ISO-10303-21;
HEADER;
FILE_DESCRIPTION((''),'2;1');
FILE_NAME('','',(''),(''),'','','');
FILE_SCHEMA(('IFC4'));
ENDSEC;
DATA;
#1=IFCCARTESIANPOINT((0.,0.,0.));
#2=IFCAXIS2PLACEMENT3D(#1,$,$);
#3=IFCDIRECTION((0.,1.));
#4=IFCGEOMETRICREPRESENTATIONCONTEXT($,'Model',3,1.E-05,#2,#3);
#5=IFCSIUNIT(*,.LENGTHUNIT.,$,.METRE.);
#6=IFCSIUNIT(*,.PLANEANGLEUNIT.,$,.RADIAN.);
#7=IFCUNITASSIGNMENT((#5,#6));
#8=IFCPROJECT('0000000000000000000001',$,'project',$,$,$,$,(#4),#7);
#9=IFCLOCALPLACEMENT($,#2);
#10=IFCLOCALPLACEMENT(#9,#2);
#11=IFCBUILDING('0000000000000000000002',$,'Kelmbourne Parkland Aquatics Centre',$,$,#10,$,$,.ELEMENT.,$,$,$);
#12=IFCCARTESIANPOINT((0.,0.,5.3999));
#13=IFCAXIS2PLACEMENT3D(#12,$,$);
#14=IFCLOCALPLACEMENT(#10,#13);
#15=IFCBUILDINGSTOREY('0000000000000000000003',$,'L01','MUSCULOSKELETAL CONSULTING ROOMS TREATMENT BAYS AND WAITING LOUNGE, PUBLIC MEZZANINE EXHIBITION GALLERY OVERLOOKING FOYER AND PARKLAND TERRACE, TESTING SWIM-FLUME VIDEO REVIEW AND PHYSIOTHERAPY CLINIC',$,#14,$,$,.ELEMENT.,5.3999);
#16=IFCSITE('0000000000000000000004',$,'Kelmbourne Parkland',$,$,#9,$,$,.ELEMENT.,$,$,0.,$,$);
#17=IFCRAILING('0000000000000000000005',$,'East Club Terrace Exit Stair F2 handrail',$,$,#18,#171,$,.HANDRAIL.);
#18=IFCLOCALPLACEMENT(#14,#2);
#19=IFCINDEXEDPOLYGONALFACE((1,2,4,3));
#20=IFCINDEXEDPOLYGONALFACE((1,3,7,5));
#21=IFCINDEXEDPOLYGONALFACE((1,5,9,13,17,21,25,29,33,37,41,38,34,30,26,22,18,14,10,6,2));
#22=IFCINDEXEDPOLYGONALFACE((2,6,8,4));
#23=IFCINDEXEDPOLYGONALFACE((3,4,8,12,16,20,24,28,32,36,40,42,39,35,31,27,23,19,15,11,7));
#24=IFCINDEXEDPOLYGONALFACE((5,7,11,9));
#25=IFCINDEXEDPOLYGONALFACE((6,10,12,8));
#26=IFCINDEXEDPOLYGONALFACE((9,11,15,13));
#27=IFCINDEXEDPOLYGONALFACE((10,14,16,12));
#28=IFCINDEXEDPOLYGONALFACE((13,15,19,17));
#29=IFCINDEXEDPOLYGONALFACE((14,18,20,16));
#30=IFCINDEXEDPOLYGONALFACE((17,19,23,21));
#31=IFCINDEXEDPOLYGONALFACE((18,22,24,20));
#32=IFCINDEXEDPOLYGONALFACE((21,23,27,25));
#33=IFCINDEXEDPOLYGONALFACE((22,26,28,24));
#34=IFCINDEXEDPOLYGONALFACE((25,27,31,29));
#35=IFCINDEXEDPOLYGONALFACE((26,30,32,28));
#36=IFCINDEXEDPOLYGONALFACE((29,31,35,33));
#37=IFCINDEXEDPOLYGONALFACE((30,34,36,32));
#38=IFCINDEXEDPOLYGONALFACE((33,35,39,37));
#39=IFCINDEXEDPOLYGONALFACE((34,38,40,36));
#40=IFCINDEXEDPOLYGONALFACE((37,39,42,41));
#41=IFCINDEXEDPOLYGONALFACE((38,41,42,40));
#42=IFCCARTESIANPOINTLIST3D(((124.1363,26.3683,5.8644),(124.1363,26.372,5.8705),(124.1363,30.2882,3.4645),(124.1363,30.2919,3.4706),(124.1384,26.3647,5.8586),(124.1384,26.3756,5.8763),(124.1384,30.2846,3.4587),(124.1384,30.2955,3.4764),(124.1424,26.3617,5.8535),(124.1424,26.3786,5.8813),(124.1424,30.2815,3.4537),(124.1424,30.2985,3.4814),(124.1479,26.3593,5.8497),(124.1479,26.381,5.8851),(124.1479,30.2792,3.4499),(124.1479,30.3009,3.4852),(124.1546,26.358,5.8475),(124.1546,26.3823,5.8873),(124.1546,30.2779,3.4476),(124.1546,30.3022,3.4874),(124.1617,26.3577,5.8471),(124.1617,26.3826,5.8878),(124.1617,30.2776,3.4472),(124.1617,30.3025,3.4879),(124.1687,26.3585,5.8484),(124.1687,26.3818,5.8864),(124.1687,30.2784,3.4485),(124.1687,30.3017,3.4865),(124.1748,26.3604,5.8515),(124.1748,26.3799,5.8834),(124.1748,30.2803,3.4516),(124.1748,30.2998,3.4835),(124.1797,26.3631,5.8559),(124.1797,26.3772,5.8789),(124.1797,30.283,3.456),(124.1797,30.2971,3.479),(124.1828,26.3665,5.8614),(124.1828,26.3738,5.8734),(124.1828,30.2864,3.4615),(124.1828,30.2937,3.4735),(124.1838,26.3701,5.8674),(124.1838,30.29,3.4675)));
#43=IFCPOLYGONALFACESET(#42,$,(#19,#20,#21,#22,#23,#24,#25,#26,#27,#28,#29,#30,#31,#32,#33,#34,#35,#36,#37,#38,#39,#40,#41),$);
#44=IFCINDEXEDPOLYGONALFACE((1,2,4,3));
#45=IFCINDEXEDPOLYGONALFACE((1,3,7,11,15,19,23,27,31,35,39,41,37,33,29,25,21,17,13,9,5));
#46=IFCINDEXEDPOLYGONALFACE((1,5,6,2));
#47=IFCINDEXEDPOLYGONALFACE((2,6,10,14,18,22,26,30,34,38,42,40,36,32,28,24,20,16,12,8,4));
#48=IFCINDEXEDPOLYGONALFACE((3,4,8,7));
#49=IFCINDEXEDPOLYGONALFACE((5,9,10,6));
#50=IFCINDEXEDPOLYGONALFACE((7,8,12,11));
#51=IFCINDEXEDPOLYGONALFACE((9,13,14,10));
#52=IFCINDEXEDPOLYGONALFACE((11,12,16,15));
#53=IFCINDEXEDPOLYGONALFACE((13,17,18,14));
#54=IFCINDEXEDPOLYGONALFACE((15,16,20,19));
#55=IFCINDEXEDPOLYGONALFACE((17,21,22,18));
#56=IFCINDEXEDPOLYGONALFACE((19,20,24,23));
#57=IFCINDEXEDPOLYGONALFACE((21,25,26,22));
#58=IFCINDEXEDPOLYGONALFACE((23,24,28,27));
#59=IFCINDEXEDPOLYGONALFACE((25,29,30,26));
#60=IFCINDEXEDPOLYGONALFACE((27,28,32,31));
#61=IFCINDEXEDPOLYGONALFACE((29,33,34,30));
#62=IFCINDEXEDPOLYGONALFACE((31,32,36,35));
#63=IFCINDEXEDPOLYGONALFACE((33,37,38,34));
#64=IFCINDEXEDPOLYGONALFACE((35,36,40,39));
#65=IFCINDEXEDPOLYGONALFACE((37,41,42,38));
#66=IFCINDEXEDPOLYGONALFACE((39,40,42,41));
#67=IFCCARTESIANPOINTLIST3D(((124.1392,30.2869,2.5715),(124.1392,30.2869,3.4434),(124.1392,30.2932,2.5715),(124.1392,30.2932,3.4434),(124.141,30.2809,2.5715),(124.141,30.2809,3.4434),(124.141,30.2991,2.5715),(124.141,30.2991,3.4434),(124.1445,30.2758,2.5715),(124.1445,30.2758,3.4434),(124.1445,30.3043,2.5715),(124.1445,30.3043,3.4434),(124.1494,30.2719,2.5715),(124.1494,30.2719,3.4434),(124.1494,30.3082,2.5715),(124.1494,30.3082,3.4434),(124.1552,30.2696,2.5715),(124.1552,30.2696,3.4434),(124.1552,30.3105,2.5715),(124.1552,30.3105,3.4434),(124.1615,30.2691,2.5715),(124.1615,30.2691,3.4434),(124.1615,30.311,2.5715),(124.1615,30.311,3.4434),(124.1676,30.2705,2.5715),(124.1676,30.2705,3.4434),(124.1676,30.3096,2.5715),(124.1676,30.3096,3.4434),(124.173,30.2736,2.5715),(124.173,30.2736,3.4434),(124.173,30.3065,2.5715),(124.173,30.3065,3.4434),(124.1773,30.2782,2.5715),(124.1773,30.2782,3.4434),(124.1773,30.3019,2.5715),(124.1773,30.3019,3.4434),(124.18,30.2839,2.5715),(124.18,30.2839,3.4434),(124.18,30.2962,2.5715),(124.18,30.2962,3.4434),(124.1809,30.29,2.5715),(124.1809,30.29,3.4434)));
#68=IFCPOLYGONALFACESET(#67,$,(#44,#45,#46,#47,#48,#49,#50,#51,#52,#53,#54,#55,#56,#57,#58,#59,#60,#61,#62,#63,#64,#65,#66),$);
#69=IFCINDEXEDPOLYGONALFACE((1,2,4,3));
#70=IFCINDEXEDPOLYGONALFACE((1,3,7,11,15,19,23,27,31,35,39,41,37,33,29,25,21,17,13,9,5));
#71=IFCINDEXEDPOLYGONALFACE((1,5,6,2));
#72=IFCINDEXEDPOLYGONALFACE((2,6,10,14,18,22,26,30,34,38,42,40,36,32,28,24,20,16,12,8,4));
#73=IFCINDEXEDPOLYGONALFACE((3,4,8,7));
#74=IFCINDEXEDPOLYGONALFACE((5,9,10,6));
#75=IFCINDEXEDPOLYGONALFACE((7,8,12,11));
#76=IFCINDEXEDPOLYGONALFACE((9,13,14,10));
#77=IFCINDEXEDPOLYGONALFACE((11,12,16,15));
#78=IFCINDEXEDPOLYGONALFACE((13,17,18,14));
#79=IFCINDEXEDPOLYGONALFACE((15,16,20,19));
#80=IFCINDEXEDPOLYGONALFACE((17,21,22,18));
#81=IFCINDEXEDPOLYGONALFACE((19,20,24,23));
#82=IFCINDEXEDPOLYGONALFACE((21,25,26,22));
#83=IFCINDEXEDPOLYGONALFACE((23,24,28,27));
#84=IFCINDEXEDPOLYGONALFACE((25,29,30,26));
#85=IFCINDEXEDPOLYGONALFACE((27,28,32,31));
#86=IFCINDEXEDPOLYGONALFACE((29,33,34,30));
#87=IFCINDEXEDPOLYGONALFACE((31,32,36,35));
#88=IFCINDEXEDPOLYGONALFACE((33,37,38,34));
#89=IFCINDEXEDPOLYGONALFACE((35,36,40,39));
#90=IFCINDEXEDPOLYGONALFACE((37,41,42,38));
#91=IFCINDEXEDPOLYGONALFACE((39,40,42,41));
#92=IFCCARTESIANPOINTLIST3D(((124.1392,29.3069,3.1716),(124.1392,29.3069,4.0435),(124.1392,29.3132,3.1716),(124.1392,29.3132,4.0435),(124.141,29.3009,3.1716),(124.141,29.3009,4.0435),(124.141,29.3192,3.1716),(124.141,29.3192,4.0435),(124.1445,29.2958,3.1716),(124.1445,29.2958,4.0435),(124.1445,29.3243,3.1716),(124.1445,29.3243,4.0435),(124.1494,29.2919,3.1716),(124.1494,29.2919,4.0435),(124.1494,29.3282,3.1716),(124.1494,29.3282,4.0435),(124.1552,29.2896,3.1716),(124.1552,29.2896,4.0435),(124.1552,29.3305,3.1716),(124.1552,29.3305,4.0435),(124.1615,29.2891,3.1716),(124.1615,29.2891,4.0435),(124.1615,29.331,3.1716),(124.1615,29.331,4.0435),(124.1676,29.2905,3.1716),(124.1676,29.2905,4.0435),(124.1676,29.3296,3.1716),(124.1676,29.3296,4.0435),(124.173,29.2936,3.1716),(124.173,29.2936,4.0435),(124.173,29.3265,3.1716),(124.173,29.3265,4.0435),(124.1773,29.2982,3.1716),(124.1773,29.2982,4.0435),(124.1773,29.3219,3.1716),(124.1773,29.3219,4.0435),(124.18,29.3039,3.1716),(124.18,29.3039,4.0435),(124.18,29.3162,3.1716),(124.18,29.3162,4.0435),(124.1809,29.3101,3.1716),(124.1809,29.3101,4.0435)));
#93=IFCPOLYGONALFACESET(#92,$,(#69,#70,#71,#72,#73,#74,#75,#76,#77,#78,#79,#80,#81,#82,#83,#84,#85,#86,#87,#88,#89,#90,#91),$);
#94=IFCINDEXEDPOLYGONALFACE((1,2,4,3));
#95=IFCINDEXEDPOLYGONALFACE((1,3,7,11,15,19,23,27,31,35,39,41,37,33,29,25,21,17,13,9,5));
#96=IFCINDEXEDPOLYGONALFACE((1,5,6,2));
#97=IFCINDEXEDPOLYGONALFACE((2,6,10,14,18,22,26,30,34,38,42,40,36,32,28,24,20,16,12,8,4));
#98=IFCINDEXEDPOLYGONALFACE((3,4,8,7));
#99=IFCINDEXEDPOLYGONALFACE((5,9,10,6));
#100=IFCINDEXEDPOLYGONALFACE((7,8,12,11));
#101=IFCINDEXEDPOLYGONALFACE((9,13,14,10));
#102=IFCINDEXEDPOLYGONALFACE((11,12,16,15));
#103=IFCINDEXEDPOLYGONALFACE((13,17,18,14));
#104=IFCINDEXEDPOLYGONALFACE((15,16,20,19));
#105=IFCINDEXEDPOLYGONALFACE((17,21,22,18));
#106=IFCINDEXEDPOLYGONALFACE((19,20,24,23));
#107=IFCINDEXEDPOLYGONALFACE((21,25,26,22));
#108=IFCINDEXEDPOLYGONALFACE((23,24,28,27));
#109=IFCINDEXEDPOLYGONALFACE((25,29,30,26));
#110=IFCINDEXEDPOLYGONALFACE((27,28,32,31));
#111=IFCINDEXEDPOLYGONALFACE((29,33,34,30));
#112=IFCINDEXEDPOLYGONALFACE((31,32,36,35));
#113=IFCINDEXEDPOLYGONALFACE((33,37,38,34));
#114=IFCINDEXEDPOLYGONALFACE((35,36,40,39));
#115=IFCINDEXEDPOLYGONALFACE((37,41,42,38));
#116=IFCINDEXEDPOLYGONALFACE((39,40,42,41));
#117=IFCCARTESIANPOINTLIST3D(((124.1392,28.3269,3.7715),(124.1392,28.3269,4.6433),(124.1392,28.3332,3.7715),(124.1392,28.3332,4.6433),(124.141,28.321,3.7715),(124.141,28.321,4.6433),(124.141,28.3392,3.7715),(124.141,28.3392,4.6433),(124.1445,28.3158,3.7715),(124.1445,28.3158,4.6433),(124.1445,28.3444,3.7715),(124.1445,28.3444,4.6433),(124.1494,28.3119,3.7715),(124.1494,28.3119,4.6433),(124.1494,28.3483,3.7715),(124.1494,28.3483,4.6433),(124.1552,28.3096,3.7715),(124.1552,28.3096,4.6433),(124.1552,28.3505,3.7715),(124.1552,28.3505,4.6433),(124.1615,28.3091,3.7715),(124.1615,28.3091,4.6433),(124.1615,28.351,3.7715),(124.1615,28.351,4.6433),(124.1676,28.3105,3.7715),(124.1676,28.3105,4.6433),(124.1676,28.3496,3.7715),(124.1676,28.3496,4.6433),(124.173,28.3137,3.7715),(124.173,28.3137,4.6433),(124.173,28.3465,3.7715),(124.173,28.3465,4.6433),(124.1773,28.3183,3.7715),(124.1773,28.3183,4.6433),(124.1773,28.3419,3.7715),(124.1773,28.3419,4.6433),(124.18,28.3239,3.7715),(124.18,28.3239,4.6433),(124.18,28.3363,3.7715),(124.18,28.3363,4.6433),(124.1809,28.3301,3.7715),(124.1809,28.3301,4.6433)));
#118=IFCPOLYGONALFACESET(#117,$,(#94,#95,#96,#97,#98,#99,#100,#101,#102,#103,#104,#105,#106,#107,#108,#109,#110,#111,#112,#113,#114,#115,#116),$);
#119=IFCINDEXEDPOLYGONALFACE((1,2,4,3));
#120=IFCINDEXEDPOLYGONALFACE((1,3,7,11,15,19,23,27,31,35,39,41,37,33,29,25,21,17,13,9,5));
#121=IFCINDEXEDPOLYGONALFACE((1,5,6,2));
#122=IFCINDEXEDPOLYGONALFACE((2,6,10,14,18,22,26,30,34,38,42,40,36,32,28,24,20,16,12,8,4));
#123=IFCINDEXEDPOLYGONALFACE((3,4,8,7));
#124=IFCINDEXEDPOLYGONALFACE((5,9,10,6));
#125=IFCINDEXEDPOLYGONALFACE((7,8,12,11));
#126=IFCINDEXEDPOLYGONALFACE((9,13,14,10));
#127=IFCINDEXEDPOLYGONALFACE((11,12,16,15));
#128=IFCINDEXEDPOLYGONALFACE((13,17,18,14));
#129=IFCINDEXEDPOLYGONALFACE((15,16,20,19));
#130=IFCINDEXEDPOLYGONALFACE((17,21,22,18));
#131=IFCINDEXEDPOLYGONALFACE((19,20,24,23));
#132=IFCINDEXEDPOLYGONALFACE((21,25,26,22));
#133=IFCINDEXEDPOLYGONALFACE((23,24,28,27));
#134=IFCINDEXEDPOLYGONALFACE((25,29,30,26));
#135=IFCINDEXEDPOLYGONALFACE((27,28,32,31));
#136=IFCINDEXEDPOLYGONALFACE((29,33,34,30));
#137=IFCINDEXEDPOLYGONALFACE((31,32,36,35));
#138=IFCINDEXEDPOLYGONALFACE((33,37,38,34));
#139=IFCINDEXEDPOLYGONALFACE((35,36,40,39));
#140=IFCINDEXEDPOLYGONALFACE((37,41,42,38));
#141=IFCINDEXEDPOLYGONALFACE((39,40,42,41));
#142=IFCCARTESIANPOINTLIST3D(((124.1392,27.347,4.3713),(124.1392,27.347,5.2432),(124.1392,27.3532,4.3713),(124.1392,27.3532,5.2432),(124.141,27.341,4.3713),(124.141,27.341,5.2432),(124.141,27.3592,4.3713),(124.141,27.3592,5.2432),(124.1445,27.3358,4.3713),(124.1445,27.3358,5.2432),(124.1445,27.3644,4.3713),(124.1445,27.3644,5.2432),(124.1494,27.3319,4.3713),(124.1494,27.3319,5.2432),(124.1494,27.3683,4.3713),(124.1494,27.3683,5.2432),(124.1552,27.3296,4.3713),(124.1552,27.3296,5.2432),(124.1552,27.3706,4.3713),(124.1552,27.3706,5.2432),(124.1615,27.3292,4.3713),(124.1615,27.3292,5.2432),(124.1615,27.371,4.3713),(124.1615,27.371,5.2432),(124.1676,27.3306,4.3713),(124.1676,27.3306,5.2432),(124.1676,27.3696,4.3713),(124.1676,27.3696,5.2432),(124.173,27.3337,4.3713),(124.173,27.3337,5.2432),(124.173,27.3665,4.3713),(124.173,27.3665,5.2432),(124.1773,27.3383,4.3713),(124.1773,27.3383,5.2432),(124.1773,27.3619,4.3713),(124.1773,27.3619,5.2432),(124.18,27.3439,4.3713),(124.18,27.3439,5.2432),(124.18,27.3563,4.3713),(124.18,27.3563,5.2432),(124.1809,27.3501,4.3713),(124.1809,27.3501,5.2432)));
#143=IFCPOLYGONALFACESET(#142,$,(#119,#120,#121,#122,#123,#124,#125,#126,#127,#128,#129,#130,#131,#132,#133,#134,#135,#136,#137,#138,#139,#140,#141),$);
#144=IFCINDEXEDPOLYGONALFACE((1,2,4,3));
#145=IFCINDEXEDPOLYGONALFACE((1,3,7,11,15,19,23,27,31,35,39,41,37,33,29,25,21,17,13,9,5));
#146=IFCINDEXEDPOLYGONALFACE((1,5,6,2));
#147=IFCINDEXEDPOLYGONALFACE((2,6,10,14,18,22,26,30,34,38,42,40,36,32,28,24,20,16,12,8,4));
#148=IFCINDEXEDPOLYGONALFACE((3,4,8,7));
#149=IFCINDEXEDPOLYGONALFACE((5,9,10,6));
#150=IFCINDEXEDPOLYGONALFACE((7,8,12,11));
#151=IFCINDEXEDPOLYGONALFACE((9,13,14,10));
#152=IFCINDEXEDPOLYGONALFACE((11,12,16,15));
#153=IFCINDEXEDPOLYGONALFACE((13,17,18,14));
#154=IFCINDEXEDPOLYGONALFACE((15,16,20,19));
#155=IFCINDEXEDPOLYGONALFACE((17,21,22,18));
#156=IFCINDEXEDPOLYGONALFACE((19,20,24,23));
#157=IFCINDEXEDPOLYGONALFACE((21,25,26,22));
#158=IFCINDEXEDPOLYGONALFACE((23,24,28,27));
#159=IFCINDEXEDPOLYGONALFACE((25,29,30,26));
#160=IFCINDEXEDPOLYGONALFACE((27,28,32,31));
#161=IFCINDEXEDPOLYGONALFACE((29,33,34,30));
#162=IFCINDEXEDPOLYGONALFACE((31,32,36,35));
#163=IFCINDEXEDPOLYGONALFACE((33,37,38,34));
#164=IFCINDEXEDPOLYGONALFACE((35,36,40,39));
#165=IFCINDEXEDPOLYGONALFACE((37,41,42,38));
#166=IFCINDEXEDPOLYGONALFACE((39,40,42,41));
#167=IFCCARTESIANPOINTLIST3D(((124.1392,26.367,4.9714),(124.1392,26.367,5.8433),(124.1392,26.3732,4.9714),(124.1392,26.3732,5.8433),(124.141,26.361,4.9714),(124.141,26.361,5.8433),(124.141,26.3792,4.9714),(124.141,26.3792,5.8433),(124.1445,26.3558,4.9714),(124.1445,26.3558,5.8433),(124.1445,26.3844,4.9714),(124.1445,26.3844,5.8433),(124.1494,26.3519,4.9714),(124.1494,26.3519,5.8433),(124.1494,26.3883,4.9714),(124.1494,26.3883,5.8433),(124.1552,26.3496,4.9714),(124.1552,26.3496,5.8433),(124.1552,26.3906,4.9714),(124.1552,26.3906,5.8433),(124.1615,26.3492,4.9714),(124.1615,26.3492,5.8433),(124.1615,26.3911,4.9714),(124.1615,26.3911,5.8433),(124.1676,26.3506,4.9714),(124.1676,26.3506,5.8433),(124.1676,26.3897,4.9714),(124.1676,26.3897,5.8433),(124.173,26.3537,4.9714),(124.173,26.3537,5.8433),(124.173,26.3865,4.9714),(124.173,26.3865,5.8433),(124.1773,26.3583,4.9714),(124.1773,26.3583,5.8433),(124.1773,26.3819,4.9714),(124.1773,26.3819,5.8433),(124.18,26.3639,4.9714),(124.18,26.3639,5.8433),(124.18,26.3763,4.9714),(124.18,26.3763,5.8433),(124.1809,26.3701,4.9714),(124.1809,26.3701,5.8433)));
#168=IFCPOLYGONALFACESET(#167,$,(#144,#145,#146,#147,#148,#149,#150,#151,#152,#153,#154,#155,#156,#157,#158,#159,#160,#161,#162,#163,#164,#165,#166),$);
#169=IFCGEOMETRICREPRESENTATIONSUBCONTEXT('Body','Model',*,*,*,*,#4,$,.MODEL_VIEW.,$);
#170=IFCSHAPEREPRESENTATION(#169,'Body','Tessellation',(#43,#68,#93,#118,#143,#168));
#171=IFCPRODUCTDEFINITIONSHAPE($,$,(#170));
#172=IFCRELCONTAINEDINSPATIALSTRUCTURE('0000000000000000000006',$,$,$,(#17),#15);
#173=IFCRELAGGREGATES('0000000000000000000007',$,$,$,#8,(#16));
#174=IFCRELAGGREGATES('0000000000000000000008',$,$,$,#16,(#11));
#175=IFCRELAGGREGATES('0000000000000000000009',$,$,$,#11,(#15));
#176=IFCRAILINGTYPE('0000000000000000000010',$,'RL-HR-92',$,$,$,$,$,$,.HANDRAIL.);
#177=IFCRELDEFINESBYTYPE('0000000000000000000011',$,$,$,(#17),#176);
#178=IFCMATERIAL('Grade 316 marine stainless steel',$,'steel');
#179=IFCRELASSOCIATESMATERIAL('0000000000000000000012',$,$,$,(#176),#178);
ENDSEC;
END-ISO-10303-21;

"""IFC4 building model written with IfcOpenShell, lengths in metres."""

from ifc_helpers import new_model, si_unit, direction, frame, origin, origin_2d, place, context, subcontext, project, spatial, circle, extrude, material, type_object, element, save


model = new_model("IFC4")

# Units and contexts
model_context = context("Model", 3, precision=1e-05, world=origin(), true_north=direction((0.0, 1.0)))
body_context = subcontext(model_context, "Body", "Model", "MODEL_VIEW")
ifc_project = project(units=[si_unit("LENGTHUNIT", "METRE"), si_unit("PLANEANGLEUNIT", "RADIAN")], contexts=[model_context])

# Site, building, storey
site_placement = place(None, origin())
site = spatial("IfcSite", under=ifc_project, at=site_placement, Name="Kelmbourne Parkland", CompositionType="ELEMENT", RefElevation=0.0)
building_placement = place(site_placement, origin())
building = spatial("IfcBuilding", under=site, at=building_placement, Name="Kelmbourne Parkland Aquatics Centre", CompositionType="ELEMENT")
storey_placement = place(building_placement, frame((0.0, 0.0, 5.3999)))
storey = spatial("IfcBuildingStorey", under=building, at=storey_placement, Name="L01", Description="MUSCULOSKELETAL CONSULTING ROOMS TREATMENT BAYS AND WAITING LOUNGE, PUBLIC MEZZANINE EXHIBITION GALLERY OVERLOOKING FOYER AND PARKLAND TERRACE, TESTING SWIM-FLUME VIDEO REVIEW AND PHYSIOTHERAPY CLINIC", CompositionType="ELEMENT", Elevation=5.3999)

# Railing
ifc_material_1 = material(Name="Grade 316 marine stainless steel", Category="steel")
railing_type_1 = type_object("IfcRailingType", Name="RL-HR-92", PredefinedType="HANDRAIL", material=ifc_material_1)
railing_1_placement = place(storey_placement, frame((124.1599, 30.29, 2.5715)))
element("IfcRailing", 1, at=railing_1_placement, inside=storey, type_object=railing_type_1, Name="East Club Terrace Exit Stair F2 handrail", PredefinedType="HANDRAIL", context=body_context, shape_type="SweptSolid", body=[
    extrude(circle(Radius=0.0239, at=origin_2d()), frame((0.0, 0.0, 0.896), z_axis=(0.0, -0.852856, 0.522146), x_axis=(1.0, 0.0, 0.0)), (0.0, 0.0, 1.0), 4.5962),
    extrude(circle(Radius=0.021, at=origin_2d()), origin(), (0.0, 0.0, 1.0), 0.8718),
    extrude(circle(Radius=0.021, at=origin_2d()), frame((0.0, -0.98, 0.6001)), (0.0, 0.0, 1.0), 0.8718),
    extrude(circle(Radius=0.021, at=origin_2d()), frame((0.0, -1.96, 1.2)), (0.0, 0.0, 1.0), 0.8718),
    extrude(circle(Radius=0.021, at=origin_2d()), frame((0.0, -2.9399, 1.7998)), (0.0, 0.0, 1.0), 0.8718),
    extrude(circle(Radius=0.021, at=origin_2d()), frame((0.0, -3.9199, 2.3999)), (0.0, 0.0, 1.0), 0.8718),
])

save(model, "model.ifc")
